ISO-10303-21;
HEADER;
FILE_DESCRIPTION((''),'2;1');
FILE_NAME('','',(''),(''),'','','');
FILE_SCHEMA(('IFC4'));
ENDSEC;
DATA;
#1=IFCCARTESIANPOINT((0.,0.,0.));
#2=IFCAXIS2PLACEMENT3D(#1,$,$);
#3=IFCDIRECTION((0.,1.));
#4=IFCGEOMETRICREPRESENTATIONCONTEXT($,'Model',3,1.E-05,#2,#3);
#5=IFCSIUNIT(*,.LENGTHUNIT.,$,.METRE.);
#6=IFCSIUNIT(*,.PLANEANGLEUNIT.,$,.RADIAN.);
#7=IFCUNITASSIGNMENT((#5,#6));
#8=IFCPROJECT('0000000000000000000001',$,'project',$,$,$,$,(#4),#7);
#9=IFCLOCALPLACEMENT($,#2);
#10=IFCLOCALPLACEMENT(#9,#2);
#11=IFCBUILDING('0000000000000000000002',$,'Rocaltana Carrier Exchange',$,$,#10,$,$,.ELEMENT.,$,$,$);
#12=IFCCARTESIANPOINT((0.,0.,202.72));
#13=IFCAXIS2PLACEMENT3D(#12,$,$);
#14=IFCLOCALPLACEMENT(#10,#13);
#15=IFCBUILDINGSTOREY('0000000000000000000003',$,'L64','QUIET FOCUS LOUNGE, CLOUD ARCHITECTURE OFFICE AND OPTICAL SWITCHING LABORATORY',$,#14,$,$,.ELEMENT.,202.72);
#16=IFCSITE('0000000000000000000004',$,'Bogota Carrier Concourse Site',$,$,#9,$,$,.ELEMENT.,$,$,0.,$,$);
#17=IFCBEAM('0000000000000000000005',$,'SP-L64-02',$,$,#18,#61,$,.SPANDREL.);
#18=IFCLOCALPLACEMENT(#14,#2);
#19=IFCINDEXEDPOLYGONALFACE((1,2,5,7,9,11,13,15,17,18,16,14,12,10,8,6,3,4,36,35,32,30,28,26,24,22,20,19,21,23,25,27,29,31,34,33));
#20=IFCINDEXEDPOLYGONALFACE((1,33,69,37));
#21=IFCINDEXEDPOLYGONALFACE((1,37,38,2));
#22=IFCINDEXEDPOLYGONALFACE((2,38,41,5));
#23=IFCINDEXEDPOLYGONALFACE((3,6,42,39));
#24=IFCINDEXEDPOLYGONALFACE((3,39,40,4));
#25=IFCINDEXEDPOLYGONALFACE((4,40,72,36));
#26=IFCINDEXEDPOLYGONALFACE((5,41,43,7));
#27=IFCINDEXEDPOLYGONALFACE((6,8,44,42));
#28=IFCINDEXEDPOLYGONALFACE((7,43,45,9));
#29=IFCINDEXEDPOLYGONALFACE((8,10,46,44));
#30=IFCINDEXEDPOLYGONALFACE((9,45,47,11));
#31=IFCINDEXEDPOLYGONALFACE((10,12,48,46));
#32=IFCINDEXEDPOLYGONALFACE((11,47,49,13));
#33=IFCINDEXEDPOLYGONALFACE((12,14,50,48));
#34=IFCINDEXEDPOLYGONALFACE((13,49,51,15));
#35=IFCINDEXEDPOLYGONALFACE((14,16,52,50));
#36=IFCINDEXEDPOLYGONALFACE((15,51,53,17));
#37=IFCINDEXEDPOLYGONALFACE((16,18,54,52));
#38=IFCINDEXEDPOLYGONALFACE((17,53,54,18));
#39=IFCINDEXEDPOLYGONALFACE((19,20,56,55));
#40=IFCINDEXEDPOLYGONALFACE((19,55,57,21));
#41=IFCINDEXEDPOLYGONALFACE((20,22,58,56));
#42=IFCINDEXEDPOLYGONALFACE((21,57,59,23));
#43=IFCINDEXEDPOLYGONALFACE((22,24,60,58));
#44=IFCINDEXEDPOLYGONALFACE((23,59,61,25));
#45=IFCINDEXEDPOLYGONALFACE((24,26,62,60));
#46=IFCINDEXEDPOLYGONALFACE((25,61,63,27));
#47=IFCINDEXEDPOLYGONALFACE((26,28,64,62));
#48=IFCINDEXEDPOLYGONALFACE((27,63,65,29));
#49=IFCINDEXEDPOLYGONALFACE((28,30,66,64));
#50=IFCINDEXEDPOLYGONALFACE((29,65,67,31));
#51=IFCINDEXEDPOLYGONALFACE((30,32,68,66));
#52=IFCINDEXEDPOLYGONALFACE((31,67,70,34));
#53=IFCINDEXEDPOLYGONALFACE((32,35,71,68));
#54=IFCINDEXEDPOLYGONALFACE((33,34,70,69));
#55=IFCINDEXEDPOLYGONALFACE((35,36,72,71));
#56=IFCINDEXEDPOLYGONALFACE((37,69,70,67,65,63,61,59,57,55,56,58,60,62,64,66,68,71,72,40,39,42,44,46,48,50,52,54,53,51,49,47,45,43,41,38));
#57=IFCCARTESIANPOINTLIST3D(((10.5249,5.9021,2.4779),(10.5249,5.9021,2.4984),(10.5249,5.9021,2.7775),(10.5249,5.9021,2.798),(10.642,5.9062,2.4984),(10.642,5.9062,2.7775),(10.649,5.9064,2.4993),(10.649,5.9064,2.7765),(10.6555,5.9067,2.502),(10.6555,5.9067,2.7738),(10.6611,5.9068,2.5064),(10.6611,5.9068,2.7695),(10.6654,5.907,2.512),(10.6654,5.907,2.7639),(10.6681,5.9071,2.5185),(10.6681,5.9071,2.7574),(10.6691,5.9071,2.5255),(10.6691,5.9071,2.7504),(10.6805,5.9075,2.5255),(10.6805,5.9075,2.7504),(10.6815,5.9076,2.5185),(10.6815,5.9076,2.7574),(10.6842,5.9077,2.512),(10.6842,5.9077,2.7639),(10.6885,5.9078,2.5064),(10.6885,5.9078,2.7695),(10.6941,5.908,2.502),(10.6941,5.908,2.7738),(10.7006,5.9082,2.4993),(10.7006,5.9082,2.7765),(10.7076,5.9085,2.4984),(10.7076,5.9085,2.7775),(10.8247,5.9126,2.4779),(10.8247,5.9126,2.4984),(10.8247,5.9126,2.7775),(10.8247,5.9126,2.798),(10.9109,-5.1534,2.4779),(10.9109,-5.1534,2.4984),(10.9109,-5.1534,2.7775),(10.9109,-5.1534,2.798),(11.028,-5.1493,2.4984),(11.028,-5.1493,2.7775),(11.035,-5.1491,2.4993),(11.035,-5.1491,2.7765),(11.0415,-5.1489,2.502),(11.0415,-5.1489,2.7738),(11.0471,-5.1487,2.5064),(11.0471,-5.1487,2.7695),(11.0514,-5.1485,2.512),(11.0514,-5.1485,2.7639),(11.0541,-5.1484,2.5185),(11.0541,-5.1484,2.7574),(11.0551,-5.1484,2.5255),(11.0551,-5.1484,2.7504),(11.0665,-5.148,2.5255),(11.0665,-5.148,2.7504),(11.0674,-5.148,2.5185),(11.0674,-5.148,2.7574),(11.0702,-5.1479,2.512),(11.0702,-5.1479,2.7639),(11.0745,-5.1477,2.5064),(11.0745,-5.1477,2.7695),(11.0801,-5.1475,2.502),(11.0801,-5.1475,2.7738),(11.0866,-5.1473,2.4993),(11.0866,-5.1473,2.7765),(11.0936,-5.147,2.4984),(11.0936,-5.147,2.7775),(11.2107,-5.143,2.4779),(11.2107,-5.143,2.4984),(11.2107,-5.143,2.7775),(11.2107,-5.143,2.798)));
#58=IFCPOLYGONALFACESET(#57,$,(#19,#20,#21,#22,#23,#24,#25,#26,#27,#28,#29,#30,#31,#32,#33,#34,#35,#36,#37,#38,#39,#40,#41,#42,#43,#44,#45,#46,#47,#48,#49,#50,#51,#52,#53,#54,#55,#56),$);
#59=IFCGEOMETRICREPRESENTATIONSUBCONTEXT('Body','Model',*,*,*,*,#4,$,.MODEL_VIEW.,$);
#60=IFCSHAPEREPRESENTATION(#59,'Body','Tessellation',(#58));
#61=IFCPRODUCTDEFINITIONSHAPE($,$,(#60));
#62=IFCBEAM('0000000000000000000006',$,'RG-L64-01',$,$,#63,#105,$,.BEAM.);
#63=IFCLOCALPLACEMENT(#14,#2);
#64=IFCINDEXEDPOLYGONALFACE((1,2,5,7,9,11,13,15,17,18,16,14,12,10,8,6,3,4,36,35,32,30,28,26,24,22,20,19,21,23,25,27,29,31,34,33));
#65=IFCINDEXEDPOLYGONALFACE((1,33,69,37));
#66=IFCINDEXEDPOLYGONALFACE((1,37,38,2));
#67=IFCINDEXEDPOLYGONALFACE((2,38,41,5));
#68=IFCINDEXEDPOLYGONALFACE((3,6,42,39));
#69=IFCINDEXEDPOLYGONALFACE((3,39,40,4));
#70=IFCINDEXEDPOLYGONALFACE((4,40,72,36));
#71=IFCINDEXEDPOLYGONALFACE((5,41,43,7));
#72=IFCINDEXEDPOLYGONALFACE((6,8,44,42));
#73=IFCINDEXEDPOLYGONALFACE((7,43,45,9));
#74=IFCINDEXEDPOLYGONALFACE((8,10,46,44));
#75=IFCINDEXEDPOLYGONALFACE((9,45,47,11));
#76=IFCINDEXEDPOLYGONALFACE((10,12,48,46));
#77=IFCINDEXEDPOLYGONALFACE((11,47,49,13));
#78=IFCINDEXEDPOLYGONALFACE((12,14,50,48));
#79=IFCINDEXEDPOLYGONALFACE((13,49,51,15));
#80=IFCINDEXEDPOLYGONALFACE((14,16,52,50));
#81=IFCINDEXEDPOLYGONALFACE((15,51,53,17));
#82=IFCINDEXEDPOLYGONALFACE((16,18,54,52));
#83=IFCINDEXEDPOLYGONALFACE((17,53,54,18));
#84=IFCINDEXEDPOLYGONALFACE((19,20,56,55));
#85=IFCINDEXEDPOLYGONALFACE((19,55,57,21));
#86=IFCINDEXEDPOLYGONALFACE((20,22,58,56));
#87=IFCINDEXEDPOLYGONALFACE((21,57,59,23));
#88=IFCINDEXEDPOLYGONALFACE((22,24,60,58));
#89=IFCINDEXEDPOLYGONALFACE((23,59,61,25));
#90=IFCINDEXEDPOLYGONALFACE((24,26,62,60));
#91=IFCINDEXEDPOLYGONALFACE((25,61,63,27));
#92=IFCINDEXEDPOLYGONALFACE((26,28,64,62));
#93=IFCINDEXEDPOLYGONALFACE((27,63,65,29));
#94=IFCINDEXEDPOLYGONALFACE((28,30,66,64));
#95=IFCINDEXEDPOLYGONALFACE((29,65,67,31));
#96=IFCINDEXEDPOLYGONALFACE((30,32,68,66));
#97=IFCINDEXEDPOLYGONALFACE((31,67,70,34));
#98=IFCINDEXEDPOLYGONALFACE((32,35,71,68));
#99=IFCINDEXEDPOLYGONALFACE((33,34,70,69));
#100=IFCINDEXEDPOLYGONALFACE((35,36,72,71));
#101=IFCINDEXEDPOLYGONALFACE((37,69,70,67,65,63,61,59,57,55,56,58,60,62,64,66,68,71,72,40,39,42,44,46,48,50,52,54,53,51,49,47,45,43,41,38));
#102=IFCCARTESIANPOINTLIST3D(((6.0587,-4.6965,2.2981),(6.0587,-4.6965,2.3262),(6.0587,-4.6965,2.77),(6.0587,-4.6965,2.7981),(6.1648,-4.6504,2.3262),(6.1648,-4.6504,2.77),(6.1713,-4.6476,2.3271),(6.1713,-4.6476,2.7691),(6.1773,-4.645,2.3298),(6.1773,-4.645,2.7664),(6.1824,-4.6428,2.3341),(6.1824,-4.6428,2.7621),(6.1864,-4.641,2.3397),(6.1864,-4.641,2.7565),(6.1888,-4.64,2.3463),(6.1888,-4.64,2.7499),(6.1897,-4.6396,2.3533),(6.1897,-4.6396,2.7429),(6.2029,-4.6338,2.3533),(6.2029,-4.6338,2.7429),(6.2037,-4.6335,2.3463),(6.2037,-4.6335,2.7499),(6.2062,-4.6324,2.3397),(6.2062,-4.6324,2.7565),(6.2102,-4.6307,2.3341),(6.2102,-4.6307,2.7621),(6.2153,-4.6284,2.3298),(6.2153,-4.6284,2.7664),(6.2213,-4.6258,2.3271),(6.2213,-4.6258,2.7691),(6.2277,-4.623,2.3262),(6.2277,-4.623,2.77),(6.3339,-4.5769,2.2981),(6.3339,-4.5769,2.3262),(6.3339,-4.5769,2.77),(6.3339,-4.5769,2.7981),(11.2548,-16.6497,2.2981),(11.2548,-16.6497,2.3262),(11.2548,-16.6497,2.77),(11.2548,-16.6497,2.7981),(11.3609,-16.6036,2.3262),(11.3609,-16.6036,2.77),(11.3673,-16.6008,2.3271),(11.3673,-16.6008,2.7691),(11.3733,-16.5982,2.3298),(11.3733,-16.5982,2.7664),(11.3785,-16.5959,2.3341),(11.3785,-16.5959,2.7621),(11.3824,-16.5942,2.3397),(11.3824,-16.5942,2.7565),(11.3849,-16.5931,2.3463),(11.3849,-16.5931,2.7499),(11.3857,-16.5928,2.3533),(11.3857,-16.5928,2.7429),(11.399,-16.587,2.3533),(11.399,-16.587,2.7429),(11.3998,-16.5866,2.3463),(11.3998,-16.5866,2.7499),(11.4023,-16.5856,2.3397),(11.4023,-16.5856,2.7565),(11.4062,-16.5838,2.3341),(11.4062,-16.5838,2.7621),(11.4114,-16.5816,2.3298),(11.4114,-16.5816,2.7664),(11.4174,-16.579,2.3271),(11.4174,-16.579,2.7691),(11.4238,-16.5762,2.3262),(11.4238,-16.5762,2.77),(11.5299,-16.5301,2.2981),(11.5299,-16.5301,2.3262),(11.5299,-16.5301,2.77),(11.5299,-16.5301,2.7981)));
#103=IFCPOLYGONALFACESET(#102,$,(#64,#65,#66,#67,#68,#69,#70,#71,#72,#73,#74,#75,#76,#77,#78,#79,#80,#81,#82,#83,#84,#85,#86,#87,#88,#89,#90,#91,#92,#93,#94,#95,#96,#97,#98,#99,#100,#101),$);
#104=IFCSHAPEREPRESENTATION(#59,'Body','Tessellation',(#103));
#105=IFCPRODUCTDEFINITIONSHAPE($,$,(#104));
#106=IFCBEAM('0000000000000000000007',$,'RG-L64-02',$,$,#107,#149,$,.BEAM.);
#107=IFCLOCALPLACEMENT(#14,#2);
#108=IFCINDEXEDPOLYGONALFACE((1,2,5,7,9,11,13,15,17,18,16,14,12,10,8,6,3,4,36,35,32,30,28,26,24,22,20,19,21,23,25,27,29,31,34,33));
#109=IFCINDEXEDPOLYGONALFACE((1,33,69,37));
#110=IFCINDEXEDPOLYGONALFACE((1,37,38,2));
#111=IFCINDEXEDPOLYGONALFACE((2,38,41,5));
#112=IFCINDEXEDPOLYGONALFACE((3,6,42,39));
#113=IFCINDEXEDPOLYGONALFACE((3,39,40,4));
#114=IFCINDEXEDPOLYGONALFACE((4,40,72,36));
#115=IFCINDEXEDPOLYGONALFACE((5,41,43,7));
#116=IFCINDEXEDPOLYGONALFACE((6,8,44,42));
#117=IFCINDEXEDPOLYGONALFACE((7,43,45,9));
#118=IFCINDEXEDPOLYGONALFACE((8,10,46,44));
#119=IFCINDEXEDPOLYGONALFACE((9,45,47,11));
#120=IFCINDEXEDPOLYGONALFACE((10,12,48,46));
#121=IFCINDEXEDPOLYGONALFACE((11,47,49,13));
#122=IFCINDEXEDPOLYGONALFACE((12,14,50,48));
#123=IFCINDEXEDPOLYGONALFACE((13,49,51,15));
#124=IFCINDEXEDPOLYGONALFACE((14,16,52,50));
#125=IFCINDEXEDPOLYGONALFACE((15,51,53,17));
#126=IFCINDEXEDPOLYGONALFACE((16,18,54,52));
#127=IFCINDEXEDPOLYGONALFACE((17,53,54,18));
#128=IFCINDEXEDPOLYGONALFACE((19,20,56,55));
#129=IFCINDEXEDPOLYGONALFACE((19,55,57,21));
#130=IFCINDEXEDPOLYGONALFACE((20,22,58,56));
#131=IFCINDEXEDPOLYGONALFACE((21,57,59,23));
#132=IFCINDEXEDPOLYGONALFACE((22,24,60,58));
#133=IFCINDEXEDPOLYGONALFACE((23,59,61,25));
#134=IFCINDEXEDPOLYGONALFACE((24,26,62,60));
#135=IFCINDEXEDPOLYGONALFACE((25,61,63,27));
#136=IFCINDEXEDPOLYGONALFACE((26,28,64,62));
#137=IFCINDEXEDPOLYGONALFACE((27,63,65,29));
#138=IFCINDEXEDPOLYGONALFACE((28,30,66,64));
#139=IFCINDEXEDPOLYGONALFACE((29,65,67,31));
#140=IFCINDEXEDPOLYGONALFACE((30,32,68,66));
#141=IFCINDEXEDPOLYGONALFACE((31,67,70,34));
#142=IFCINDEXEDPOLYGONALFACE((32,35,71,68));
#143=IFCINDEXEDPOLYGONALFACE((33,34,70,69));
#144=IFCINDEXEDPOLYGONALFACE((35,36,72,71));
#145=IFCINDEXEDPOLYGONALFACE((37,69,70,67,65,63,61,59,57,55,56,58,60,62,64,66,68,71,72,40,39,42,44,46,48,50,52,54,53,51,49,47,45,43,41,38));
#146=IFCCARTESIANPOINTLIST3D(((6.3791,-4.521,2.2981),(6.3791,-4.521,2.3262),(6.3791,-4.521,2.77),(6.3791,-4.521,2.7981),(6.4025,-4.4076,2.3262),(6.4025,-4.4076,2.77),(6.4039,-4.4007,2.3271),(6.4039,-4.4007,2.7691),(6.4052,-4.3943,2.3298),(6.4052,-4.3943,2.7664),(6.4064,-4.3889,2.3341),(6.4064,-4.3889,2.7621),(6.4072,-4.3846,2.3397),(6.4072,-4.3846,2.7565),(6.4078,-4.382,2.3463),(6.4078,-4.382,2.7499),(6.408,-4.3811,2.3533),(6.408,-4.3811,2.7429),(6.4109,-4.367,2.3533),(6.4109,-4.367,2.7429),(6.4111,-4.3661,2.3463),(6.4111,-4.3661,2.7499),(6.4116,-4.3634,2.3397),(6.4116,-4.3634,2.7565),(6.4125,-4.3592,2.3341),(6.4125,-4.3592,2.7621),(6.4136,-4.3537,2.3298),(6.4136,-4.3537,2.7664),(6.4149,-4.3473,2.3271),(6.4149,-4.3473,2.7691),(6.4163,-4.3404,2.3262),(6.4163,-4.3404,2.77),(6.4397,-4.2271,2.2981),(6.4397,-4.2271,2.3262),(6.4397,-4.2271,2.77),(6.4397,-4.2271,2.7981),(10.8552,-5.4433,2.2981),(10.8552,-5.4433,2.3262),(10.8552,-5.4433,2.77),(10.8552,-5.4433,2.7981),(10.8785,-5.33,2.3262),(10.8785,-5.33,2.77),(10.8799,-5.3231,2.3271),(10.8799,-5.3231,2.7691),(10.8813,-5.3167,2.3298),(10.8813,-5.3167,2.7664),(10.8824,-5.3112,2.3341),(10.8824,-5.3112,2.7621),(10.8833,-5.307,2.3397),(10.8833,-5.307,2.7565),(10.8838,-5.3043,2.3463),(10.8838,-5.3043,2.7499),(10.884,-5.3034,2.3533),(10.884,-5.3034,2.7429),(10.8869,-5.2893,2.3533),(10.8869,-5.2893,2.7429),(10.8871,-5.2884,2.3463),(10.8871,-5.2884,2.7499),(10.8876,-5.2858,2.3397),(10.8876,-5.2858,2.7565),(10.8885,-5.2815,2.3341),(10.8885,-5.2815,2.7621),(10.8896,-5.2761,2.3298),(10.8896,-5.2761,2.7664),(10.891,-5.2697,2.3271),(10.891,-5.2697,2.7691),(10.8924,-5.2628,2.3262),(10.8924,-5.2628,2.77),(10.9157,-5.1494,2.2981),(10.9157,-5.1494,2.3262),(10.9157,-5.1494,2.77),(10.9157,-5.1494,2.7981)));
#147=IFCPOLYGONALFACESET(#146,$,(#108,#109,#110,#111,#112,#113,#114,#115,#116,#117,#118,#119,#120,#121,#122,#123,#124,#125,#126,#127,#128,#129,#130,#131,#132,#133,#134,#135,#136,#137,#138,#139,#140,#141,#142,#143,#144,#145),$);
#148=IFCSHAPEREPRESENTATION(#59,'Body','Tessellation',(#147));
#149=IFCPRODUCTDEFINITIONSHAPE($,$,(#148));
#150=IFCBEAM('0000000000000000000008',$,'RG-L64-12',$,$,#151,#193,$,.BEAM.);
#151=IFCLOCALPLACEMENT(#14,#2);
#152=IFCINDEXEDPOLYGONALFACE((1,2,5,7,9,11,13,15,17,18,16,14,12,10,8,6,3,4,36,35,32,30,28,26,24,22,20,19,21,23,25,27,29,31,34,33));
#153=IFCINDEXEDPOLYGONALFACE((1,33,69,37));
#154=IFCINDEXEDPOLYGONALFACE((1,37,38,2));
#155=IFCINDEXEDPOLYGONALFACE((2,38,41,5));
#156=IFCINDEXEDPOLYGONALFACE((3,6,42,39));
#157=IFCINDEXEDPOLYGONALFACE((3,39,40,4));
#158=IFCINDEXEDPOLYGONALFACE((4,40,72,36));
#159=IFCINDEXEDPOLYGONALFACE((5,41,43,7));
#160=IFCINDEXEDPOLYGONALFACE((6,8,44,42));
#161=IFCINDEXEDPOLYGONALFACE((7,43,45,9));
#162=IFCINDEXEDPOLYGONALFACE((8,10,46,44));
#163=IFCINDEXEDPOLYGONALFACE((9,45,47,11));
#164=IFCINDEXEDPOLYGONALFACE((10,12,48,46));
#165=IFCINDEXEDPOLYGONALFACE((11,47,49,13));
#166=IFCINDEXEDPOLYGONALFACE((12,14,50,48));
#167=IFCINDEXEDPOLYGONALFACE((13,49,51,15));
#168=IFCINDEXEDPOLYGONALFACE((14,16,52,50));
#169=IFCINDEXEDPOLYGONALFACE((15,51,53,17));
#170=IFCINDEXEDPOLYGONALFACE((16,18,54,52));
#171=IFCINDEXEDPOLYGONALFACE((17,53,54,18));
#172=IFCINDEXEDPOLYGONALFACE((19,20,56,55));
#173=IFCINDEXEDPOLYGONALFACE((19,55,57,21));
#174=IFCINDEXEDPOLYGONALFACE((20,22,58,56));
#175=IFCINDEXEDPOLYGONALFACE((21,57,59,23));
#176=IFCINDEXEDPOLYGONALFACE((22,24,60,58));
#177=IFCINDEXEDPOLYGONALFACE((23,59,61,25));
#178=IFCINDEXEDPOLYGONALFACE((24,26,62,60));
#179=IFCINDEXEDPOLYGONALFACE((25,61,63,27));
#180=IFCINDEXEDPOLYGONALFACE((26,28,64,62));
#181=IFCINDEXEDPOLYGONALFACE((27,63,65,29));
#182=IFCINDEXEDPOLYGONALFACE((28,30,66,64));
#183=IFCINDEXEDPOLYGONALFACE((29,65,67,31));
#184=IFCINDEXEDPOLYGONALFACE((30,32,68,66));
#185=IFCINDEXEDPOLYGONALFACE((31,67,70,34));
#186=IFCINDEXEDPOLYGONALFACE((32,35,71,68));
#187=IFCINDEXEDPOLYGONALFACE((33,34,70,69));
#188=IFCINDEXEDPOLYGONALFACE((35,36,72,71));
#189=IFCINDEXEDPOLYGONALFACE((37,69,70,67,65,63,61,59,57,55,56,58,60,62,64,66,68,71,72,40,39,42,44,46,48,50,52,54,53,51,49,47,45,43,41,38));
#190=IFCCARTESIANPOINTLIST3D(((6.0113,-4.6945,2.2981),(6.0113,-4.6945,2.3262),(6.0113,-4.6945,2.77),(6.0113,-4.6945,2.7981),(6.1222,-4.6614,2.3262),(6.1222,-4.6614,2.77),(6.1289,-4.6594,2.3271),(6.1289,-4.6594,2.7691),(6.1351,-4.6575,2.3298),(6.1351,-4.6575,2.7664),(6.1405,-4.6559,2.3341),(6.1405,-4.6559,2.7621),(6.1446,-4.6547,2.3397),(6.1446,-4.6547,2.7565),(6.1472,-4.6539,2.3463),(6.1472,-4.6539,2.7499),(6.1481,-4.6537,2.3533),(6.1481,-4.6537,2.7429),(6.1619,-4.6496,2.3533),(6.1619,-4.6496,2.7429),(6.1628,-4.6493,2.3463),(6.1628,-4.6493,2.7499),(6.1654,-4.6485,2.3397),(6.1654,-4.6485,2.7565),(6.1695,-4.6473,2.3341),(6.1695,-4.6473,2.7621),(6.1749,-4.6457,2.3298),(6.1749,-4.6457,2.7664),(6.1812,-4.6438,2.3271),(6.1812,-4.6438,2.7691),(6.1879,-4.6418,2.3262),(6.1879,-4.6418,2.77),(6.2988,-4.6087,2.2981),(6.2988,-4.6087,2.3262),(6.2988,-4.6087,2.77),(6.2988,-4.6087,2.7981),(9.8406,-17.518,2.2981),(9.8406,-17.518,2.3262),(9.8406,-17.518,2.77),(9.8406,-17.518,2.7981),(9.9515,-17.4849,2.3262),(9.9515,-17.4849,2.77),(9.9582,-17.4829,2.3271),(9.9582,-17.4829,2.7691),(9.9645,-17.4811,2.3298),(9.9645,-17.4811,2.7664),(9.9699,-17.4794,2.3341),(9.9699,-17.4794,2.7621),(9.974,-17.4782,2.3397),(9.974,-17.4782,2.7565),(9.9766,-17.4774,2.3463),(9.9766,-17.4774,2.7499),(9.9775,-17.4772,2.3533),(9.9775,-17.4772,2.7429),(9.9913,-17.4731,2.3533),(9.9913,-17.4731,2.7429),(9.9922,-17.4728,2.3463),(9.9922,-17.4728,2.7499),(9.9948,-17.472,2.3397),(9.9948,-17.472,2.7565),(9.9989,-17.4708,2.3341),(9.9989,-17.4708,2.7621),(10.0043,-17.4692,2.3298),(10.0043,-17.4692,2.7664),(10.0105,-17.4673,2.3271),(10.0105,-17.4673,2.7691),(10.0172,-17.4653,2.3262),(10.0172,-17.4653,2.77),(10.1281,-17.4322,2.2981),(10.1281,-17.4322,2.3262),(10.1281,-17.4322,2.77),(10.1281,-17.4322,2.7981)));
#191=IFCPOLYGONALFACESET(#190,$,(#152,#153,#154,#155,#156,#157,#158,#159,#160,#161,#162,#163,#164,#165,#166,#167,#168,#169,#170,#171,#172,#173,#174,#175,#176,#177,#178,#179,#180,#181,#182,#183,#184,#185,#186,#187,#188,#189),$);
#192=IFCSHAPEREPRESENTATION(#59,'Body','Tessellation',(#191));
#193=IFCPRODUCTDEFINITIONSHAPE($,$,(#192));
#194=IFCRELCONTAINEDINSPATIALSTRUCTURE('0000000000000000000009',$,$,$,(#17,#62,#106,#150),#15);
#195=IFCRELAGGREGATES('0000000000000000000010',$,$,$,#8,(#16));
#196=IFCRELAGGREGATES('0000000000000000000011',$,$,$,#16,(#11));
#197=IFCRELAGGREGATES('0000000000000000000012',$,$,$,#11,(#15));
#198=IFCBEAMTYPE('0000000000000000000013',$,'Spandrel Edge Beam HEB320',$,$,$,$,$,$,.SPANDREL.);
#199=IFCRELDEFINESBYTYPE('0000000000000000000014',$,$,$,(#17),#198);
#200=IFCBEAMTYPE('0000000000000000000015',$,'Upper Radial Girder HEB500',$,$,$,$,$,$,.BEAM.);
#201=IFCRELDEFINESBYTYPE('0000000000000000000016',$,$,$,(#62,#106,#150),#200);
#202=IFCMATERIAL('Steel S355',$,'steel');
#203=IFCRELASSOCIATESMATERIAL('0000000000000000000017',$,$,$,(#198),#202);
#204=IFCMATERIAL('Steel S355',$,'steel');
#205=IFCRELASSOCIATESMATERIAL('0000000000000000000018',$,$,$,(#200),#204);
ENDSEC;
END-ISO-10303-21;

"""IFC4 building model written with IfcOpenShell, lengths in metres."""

from ifc_helpers import new_model, si_unit, direction, frame, origin, origin_2d, place, context, subcontext, project, spatial, i_section, extrude, material, material_profile, profile_set, type_object, element, save


model = new_model("IFC4")

# Units and contexts
model_context = context("Model", 3, precision=1e-05, world=origin(), true_north=direction((0.0, 1.0)))
body_context = subcontext(model_context, "Body", "Model", "MODEL_VIEW")
ifc_project = project(units=[si_unit("LENGTHUNIT", "METRE"), si_unit("PLANEANGLEUNIT", "RADIAN")], contexts=[model_context])

# Site, building, storey
site_placement = place(None, origin())
site = spatial("IfcSite", under=ifc_project, at=site_placement, Name="Bogota Carrier Concourse Site", CompositionType="ELEMENT", RefElevation=0.0)
building_placement = place(site_placement, origin())
building = spatial("IfcBuilding", under=site, at=building_placement, Name="Rocaltana Carrier Exchange", CompositionType="ELEMENT")
storey_placement = place(building_placement, frame((0.0, 0.0, 202.72)))
storey = spatial("IfcBuildingStorey", under=building, at=storey_placement, Name="L64", Description="QUIET FOCUS LOUNGE, CLOUD ARCHITECTURE OFFICE AND OPTICAL SWITCHING LABORATORY", CompositionType="ELEMENT", Elevation=202.72)

# Beams
ifc_material_1 = material(Name="Steel S355", Category="steel")
ifc_material_profile_1 = material_profile(ifc_material_1, i_section(OverallWidth=0.3, OverallDepth=0.3201, WebThickness=0.0115, FlangeThickness=0.0205, FilletRadius=0.0271, at=origin_2d()), Name="HEB320")
ifc_profile_set_1 = profile_set([ifc_material_profile_1], Name="Steel S355")
beam_type_1 = type_object("IfcBeamType", Name="Spandrel Edge Beam HEB320", PredefinedType="SPANDREL", material=ifc_profile_set_1)
beam_1_placement = place(storey_placement, frame((11.0608, -5.1482, 2.6379), z_axis=(-0.034893, 0.999391, 0.0), x_axis=(-0.999391, -0.034893, 0.0)))
element("IfcBeam", 1, at=beam_1_placement, inside=storey, type_object=beam_type_1, Name="SP-L64-02", PredefinedType="SPANDREL", context=body_context, shape_type="SweptSolid", body=[
    extrude(i_section(OverallWidth=0.3, OverallDepth=0.3201, WebThickness=0.0115, FlangeThickness=0.0205, FilletRadius=0.0271, at=origin_2d()), origin(), (0.0, 0.0, 1.0), 11.0623),
])
ifc_material_2 = material(Name="Steel S355", Category="steel")
ifc_material_profile_2 = material_profile(ifc_material_2, i_section(OverallWidth=0.3, OverallDepth=0.5, WebThickness=0.0144, FlangeThickness=0.0281, FilletRadius=0.0271, at=origin_2d()), Name="HEB500")
ifc_profile_set_2 = profile_set([ifc_material_profile_2], Name="Steel S355")
beam_type_2 = type_object("IfcBeamType", Name="Upper Radial Girder HEB500", PredefinedType="BEAM", material=ifc_profile_set_2)
beam_2_placement = place(storey_placement, frame((6.1963, -4.6367, 2.5481), z_axis=(0.398664, -0.917097, 0.0), x_axis=(0.917097, 0.398664, 0.0)))
element("IfcBeam", 2, at=beam_2_placement, inside=storey, type_object=beam_type_2, Name="RG-L64-01", PredefinedType="BEAM", context=body_context, shape_type="SweptSolid", body=[
    extrude(i_section(OverallWidth=0.3, OverallDepth=0.5, WebThickness=0.0144, FlangeThickness=0.0281, FilletRadius=0.0271, at=origin_2d()), origin(), (0.0, 0.0, 1.0), 13.0337),
])
beam_3_placement = place(storey_placement, frame((6.4094, -4.374, 2.5481), z_axis=(0.979422, -0.201825, 0.0), x_axis=(0.201825, 0.979422, 0.0)))
element("IfcBeam", 3, at=beam_3_placement, inside=storey, type_object=beam_type_2, Name="RG-L64-02", PredefinedType="BEAM", context=body_context, shape_type="SweptSolid", body=[
    extrude(i_section(OverallWidth=0.3, OverallDepth=0.5, WebThickness=0.0144, FlangeThickness=0.0281, FilletRadius=0.0271, at=origin_2d()), origin(), (0.0, 0.0, 1.0), 4.5701),
])
beam_4_placement = place(storey_placement, frame((6.155, -4.6516, 2.5481), z_axis=(0.286134, -0.95819, 0.0), x_axis=(0.95819, 0.286134, 0.0)))
element("IfcBeam", 4, at=beam_4_placement, inside=storey, type_object=beam_type_2, Name="RG-L64-12", PredefinedType="BEAM", context=body_context, shape_type="SweptSolid", body=[
    extrude(i_section(OverallWidth=0.3, OverallDepth=0.5, WebThickness=0.0144, FlangeThickness=0.0281, FilletRadius=0.0271, at=origin_2d()), origin(), (0.0, 0.0, 1.0), 13.3831),
])

save(model, "model.ifc")
